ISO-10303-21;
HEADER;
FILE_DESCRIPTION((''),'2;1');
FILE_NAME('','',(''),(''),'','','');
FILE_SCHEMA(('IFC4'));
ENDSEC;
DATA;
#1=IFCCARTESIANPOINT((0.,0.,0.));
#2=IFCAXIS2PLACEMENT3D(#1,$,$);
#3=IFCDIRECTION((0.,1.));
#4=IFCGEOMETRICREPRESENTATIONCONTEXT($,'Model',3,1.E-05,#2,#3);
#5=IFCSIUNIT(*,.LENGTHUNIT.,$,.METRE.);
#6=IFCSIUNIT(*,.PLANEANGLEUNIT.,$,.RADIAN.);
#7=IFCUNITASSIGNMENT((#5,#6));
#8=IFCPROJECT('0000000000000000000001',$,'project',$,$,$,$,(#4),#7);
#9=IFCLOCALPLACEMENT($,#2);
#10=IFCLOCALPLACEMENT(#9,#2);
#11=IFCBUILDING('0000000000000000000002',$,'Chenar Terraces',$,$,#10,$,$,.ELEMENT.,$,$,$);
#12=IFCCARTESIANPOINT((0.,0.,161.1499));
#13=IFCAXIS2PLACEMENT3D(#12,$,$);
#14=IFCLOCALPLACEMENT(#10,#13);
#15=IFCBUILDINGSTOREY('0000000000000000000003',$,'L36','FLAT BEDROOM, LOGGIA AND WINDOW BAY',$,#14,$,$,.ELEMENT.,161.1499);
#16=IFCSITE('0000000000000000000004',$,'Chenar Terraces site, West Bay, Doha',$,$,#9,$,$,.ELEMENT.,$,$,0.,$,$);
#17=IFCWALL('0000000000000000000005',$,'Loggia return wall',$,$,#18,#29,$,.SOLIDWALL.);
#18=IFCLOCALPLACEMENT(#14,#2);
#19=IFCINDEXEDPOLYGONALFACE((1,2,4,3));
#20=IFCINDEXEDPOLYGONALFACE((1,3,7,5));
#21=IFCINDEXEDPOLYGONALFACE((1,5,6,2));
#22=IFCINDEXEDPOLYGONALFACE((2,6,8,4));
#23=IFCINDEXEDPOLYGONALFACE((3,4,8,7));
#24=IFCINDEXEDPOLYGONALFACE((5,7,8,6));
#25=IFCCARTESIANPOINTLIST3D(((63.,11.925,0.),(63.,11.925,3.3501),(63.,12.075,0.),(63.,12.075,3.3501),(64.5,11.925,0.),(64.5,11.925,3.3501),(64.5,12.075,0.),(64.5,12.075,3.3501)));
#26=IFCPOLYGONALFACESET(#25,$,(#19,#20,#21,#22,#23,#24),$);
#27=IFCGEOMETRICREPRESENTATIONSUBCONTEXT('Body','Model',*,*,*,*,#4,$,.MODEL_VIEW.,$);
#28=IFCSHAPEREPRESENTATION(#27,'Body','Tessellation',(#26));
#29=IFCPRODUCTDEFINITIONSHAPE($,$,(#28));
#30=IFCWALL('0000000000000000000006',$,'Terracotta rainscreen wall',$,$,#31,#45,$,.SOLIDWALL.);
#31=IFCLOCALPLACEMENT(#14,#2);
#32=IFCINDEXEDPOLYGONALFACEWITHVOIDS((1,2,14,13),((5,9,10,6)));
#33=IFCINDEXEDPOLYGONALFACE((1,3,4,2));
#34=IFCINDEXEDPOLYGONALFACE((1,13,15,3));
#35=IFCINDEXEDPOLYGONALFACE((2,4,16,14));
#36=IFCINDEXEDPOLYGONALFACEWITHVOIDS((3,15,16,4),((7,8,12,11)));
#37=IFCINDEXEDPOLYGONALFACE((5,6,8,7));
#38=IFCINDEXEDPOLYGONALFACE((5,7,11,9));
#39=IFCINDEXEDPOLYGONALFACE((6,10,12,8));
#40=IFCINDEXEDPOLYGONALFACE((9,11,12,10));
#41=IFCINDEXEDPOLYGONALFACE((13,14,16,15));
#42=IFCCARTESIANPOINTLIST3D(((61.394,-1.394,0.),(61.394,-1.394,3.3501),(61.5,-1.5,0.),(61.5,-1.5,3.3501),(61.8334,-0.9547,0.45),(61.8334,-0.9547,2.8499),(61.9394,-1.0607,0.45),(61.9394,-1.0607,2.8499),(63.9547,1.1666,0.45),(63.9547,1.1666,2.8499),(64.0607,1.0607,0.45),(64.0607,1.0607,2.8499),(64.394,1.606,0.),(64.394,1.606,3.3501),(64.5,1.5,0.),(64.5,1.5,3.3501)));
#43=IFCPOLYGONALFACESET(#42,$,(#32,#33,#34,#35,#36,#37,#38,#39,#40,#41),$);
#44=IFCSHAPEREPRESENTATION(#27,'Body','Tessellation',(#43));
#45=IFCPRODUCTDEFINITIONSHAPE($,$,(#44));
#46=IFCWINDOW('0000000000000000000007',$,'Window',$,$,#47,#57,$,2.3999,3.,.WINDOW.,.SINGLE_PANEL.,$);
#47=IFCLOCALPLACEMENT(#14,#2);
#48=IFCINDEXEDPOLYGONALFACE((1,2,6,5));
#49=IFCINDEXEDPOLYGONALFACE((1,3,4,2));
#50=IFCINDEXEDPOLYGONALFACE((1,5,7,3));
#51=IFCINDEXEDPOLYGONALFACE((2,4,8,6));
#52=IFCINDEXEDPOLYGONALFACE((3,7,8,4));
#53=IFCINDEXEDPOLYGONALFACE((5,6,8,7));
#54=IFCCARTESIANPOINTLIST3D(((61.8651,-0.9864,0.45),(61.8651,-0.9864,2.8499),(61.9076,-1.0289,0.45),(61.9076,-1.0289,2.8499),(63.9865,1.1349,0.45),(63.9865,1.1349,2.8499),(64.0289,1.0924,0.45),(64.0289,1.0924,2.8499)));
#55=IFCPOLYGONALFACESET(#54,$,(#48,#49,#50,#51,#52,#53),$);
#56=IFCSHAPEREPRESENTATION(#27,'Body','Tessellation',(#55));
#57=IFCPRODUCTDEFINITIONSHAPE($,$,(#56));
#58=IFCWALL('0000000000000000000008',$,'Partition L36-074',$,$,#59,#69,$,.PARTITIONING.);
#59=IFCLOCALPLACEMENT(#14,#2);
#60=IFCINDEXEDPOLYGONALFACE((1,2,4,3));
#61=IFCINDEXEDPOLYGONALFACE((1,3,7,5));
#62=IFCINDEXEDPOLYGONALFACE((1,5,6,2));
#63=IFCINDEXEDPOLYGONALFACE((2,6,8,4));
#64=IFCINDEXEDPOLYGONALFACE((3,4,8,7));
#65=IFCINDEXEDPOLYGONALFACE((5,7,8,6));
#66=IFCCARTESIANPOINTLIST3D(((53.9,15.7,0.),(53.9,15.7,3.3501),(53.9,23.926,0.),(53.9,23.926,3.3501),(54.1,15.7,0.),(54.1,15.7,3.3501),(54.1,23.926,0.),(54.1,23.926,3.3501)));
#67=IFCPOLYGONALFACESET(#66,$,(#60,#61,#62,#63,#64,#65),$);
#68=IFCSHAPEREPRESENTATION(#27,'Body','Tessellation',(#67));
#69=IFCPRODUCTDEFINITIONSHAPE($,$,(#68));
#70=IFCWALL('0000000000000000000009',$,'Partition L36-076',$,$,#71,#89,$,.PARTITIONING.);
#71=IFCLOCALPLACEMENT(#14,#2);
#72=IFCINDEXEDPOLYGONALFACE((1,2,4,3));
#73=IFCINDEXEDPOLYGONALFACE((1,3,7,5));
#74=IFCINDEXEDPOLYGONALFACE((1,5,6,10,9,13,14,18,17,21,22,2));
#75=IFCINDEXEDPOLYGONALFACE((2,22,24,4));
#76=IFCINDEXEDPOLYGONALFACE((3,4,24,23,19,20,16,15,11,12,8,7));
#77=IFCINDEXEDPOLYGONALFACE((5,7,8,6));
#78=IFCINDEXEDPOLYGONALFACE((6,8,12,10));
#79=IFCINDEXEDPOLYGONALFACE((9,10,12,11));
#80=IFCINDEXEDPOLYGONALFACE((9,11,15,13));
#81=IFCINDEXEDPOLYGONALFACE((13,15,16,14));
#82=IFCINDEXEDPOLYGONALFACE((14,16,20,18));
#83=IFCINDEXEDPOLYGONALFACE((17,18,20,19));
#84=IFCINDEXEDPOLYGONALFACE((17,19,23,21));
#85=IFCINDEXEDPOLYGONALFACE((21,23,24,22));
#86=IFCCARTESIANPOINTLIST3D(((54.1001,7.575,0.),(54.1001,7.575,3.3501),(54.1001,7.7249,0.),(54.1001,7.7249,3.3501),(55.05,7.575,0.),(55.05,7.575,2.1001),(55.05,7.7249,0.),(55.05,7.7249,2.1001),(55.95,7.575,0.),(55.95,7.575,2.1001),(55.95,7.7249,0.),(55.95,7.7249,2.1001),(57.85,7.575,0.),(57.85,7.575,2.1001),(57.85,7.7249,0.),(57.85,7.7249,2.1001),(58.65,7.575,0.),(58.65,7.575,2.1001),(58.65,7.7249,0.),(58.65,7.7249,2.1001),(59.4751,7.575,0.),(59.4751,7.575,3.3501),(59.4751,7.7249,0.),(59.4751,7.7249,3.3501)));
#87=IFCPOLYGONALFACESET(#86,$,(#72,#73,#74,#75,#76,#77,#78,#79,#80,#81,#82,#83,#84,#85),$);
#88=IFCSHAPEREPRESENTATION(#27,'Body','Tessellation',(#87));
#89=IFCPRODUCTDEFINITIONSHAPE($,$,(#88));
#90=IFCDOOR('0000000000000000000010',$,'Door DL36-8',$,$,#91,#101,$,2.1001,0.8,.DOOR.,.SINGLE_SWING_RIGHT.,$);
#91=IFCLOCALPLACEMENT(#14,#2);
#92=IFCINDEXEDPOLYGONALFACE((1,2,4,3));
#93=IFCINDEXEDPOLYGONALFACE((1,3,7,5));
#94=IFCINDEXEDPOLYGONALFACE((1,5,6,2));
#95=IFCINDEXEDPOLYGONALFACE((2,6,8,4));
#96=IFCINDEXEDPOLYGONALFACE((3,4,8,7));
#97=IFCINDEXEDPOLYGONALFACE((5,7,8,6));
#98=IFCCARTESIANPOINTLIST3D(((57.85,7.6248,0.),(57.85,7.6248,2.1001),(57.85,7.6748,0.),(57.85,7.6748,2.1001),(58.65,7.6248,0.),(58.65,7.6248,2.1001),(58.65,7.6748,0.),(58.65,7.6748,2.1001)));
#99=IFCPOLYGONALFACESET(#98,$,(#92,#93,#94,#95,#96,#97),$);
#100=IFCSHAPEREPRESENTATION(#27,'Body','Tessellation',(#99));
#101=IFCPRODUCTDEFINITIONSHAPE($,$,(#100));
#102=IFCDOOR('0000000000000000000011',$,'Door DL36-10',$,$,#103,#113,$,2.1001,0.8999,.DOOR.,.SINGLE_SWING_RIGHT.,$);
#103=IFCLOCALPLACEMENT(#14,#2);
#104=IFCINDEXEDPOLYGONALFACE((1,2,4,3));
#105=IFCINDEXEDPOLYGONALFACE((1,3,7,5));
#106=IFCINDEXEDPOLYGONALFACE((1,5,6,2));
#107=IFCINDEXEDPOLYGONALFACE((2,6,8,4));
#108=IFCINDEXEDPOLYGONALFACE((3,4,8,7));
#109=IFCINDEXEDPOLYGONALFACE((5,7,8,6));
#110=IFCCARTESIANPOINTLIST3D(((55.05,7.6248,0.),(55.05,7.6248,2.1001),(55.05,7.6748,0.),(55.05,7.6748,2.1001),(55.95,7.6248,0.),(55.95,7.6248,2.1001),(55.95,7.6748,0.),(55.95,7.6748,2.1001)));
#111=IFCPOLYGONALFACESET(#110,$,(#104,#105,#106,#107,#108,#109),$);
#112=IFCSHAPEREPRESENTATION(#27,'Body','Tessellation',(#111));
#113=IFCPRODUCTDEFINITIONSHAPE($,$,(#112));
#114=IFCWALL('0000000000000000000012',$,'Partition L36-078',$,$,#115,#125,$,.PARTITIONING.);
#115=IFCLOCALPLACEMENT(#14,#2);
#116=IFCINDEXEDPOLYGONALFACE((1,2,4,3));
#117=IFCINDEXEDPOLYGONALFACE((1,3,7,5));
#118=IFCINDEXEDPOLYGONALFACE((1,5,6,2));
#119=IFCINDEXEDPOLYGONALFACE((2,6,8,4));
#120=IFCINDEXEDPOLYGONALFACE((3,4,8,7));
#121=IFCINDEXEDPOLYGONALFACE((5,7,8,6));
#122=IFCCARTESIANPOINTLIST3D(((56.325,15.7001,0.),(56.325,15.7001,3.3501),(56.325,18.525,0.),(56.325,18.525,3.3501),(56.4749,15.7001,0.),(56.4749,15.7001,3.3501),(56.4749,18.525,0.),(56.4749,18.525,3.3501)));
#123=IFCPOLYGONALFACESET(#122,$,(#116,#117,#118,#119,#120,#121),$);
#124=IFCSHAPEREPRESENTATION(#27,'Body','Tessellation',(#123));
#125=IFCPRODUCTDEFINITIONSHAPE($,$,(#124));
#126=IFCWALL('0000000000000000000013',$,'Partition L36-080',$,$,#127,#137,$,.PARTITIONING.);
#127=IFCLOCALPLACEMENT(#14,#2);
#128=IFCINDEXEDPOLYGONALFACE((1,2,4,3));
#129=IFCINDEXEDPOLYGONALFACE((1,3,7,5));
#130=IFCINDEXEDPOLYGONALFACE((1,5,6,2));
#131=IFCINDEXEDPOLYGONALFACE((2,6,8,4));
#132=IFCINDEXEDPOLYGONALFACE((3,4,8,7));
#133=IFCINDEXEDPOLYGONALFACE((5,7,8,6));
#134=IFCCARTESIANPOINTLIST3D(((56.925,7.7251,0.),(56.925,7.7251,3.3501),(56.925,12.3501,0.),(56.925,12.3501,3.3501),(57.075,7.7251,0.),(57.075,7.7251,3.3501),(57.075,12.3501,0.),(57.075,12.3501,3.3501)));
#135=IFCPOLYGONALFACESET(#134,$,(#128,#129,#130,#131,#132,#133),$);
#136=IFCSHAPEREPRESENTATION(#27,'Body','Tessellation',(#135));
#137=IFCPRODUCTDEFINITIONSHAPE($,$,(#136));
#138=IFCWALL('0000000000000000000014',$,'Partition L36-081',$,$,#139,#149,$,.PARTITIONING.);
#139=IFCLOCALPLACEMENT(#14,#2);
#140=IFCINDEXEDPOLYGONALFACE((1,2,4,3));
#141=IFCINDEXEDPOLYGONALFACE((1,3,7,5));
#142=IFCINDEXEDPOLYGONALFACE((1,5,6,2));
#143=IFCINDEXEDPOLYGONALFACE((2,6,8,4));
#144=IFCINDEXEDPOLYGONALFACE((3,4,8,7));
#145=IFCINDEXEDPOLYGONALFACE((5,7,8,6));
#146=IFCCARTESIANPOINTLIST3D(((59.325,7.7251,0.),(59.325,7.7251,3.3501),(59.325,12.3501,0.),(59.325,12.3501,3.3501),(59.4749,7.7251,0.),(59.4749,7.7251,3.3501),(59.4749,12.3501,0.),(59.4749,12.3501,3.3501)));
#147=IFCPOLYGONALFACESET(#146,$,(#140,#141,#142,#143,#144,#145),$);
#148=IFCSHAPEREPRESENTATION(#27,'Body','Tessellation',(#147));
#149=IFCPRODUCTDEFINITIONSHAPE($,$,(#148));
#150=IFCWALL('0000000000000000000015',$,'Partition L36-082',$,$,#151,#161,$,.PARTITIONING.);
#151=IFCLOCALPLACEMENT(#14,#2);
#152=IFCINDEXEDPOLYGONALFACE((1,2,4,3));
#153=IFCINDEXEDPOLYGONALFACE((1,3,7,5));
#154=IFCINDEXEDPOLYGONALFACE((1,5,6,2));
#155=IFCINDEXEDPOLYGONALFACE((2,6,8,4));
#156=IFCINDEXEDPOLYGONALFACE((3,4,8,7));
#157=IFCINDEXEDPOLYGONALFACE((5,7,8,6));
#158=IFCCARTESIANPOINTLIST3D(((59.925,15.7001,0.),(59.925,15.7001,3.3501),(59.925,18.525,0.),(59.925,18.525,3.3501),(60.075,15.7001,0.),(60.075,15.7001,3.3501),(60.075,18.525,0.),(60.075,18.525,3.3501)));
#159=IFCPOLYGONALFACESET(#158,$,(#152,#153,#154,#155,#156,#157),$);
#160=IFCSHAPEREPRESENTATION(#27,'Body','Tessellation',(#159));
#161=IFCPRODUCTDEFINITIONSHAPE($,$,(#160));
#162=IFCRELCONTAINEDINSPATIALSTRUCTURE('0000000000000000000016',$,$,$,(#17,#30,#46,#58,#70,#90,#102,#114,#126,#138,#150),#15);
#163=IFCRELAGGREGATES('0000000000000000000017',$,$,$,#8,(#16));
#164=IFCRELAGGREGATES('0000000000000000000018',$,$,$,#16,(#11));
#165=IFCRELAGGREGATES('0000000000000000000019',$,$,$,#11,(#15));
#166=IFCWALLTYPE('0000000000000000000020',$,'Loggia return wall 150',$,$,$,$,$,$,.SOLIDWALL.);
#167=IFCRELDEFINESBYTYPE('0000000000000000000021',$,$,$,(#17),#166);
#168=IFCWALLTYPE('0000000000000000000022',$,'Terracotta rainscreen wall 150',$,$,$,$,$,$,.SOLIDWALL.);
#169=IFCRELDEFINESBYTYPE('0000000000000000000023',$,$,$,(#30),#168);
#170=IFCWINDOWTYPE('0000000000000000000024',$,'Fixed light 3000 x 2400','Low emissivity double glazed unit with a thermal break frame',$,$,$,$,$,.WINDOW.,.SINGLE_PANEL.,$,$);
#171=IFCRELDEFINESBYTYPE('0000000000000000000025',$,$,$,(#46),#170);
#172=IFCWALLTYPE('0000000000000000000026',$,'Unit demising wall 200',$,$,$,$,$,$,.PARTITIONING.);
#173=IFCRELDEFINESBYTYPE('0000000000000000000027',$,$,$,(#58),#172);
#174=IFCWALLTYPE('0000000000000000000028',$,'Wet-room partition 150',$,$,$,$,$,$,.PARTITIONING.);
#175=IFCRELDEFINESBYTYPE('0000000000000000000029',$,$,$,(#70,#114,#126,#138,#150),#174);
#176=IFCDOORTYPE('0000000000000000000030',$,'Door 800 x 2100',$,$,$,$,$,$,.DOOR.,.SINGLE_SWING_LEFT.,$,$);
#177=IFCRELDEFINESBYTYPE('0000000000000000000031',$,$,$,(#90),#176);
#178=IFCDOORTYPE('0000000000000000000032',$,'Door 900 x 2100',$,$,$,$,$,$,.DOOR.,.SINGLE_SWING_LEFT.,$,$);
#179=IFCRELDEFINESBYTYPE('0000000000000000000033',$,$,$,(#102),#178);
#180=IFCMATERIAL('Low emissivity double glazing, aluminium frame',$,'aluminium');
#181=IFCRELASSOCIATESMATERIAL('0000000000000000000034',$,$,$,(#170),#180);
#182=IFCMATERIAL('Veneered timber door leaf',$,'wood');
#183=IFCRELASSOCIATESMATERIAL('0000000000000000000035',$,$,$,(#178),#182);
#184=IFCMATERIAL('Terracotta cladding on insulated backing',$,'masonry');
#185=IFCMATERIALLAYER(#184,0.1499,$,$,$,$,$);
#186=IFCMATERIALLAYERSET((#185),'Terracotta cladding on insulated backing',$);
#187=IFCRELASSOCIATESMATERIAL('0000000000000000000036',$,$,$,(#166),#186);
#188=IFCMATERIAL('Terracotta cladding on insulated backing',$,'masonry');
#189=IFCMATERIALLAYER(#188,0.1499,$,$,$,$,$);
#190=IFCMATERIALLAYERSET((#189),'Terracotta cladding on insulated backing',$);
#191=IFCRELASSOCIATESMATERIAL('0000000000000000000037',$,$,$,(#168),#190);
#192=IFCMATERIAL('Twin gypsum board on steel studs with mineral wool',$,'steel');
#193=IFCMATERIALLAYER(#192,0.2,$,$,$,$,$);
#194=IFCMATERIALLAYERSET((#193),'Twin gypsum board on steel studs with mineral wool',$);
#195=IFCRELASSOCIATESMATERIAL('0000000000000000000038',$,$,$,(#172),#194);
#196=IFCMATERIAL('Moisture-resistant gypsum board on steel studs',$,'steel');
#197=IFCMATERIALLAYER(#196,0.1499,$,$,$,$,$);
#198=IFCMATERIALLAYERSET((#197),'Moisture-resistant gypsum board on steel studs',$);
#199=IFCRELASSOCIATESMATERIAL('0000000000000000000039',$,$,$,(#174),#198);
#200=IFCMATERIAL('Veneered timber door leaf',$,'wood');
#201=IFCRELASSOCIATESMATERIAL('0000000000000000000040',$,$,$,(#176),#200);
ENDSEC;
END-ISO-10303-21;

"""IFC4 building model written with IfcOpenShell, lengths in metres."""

from ifc_helpers import new_model, si_unit, direction, frame, frame_2d, origin, place, context, subcontext, project, spatial, rectangle, extrude, material, layer, layer_set, type_object, element, fill, save


model = new_model("IFC4")

# Units and contexts
model_context = context("Model", 3, precision=1e-05, world=origin(), true_north=direction((0.0, 1.0)))
body_context = subcontext(model_context, "Body", "Model", "MODEL_VIEW")
ifc_project = project(units=[si_unit("LENGTHUNIT", "METRE"), si_unit("PLANEANGLEUNIT", "RADIAN")], contexts=[model_context])

# Site, building, storey
site_placement = place(None, origin())
site = spatial("IfcSite", under=ifc_project, at=site_placement, Name="Chenar Terraces site, West Bay, Doha", CompositionType="ELEMENT", RefElevation=0.0)
building_placement = place(site_placement, origin())
building = spatial("IfcBuilding", under=site, at=building_placement, Name="Chenar Terraces", CompositionType="ELEMENT")
storey_placement = place(building_placement, frame((0.0, 0.0, 161.1499)))
storey = spatial("IfcBuildingStorey", under=building, at=storey_placement, Name="L36", Description="FLAT BEDROOM, LOGGIA AND WINDOW BAY", CompositionType="ELEMENT", Elevation=161.1499)

# Shared definitions
ifc_material_1 = material(Name="Low emissivity double glazing, aluminium frame", Category="aluminium")
window_type_1 = type_object("IfcWindowType", Name="Fixed light 3000 x 2400", Description="Low emissivity double glazed unit with a thermal break frame", PartitioningType="SINGLE_PANEL", PredefinedType="WINDOW", material=ifc_material_1)

# Shared definitions
ifc_material_2 = material(Name="Veneered timber door leaf", Category="wood")
door_type_1 = type_object("IfcDoorType", Name="Door 900 x 2100", OperationType="SINGLE_SWING_LEFT", PredefinedType="DOOR", material=ifc_material_2)

# Wall
ifc_material_3 = material(Name="Terracotta cladding on insulated backing", Category="masonry")
ifc_layer_1 = layer(ifc_material_3, 0.1499)
ifc_layer_set_1 = layer_set([ifc_layer_1], Name="Terracotta cladding on insulated backing")
wall_type_1 = type_object("IfcWallType", Name="Loggia return wall 150", PredefinedType="SOLIDWALL", material=ifc_layer_set_1)
for number, where, z_axis, x_axis, name in (
    (1, (64.5, 12.0, 0.0), (0.0, 0.0, 1.0), (-1.0, 0.0, 0.0), "Loggia return wall"),
):
    element("IfcWall", number, at=place(storey_placement, frame(where, z_axis=z_axis, x_axis=x_axis)), inside=storey, type_object=wall_type_1, Name=name, PredefinedType="SOLIDWALL", context=body_context, shape_type="SweptSolid", body=[
        extrude(rectangle(XDim=1.5, YDim=0.1499, at=frame_2d((0.75, 0.0))), origin(), (0.0, 0.0, 1.0), 3.3501),
    ])

# Wall, opening, window
ifc_material_4 = material(Name="Terracotta cladding on insulated backing", Category="masonry")
ifc_layer_2 = layer(ifc_material_4, 0.1499)
ifc_layer_set_2 = layer_set([ifc_layer_2], Name="Terracotta cladding on insulated backing")
wall_type_2 = type_object("IfcWallType", Name="Terracotta rainscreen wall 150", PredefinedType="SOLIDWALL", material=ifc_layer_set_2)
wall_1_placement = place(storey_placement, frame((61.447, -1.447, 0.0), z_axis=(0.0, 0.0, 1.0), x_axis=(0.707107, 0.707107, 0.0)))
wall_1 = element("IfcWall", 2, at=wall_1_placement, inside=storey, type_object=wall_type_2, Name="Terracotta rainscreen wall", PredefinedType="SOLIDWALL", context=body_context, shape_type="SweptSolid", body=[
    extrude(rectangle(XDim=4.2427, YDim=0.1499, at=frame_2d((2.1213, 0.0))), origin(), (0.0, 0.0, 1.0), 3.3501),
])
opening_1_placement = place(wall_1_placement, frame((0.6213, 0.0, 0.45)))
opening_1 = element("IfcOpeningElement", 3, at=opening_1_placement, cuts=wall_1, PredefinedType="OPENING", context=body_context, shape_type="SweptSolid", body=[
    extrude(rectangle(XDim=3.0, YDim=2.3999, at=frame_2d((1.5, 1.2))), frame((0.0, 0.085, 0.0), z_axis=(0.0, -1.0, 0.0), x_axis=(1.0, 0.0, 0.0)), (0.0, 0.0, 1.0), 0.1699),
])
window_1_placement = place(opening_1_placement, origin())
window_1 = element("IfcWindow", 4, at=window_1_placement, inside=storey, type_object=window_type_1, Name="Window", OverallHeight=2.3999, OverallWidth=3.0, PartitioningType="SINGLE_PANEL", PredefinedType="WINDOW", context=body_context, shape_type="SweptSolid", body=[
    extrude(rectangle(XDim=3.0, YDim=2.3999, at=frame_2d((1.5, 1.2))), frame((0.0, 0.03, 0.0), z_axis=(0.0, -1.0, 0.0), x_axis=(1.0, 0.0, 0.0)), (0.0, 0.0, 1.0), 0.0601),
])
fill(opening_1, window_1)

# Wall
ifc_material_5 = material(Name="Twin gypsum board on steel studs with mineral wool", Category="steel")
ifc_layer_3 = layer(ifc_material_5, 0.2)
ifc_layer_set_3 = layer_set([ifc_layer_3], Name="Twin gypsum board on steel studs with mineral wool")
wall_type_3 = type_object("IfcWallType", Name="Unit demising wall 200", PredefinedType="PARTITIONING", material=ifc_layer_set_3)
wall_2_placement = place(storey_placement, frame((54.0, 15.7, 0.0), z_axis=(0.0, 0.0, 1.0), x_axis=(0.0, 1.0, 0.0)))
element("IfcWall", 5, at=wall_2_placement, inside=storey, type_object=wall_type_3, Name="Partition L36-074", PredefinedType="PARTITIONING", context=body_context, shape_type="SweptSolid", body=[
    extrude(rectangle(XDim=8.2261, YDim=0.2, at=frame_2d((4.113, 0.0))), origin(), (0.0, 0.0, 1.0), 3.3501),
])

# Wall, openings, doors
ifc_material_6 = material(Name="Moisture-resistant gypsum board on steel studs", Category="steel")
ifc_layer_4 = layer(ifc_material_6, 0.1499)
ifc_layer_set_4 = layer_set([ifc_layer_4], Name="Moisture-resistant gypsum board on steel studs")
wall_type_4 = type_object("IfcWallType", Name="Wet-room partition 150", PredefinedType="PARTITIONING", material=ifc_layer_set_4)
wall_3_placement = place(storey_placement, frame((54.1001, 7.6499, 0.0), z_axis=(0.0, 0.0, 1.0), x_axis=(1.0, 0.0, 0.0)))
wall_3 = element("IfcWall", 6, at=wall_3_placement, inside=storey, type_object=wall_type_4, Name="Partition L36-076", PredefinedType="PARTITIONING", context=body_context, shape_type="SweptSolid", body=[
    extrude(rectangle(XDim=5.375, YDim=0.1499, at=frame_2d((2.6875, 0.0))), origin(), (0.0, 0.0, 1.0), 3.3501),
])
opening_2_placement = place(wall_3_placement, frame((3.75, 0.0, 0.0)))
opening_2 = element("IfcOpeningElement", 7, at=opening_2_placement, cuts=wall_3, PredefinedType="OPENING", context=body_context, shape_type="SweptSolid", body=[
    extrude(rectangle(XDim=0.8, YDim=2.1001, at=frame_2d((0.3999, 1.05))), frame((0.0, 0.085, 0.0), z_axis=(0.0, -1.0, 0.0), x_axis=(1.0, 0.0, 0.0)), (0.0, 0.0, 1.0), 0.1699),
])
opening_3_placement = place(wall_3_placement, frame((0.95, 0.0, 0.0)))
opening_3 = element("IfcOpeningElement", 8, at=opening_3_placement, cuts=wall_3, PredefinedType="OPENING", context=body_context, shape_type="SweptSolid", body=[
    extrude(rectangle(XDim=0.8999, YDim=2.1001, at=frame_2d((0.45, 1.05))), frame((0.0, 0.085, 0.0), z_axis=(0.0, -1.0, 0.0), x_axis=(1.0, 0.0, 0.0)), (0.0, 0.0, 1.0), 0.1699),
])
ifc_material_7 = material(Name="Veneered timber door leaf", Category="wood")
door_type_2 = type_object("IfcDoorType", Name="Door 800 x 2100", OperationType="SINGLE_SWING_LEFT", PredefinedType="DOOR", material=ifc_material_7)
door_1_placement = place(opening_2_placement, origin())
door_1 = element("IfcDoor", 9, at=door_1_placement, inside=storey, type_object=door_type_2, Name="Door DL36-8", OperationType="SINGLE_SWING_RIGHT", OverallHeight=2.1001, OverallWidth=0.8, PredefinedType="DOOR", context=body_context, shape_type="SweptSolid", body=[
    extrude(rectangle(XDim=0.8, YDim=2.1001, at=frame_2d((0.3999, 1.05))), frame((0.0, 0.0249, 0.0), z_axis=(0.0, -1.0, 0.0), x_axis=(1.0, 0.0, 0.0)), (0.0, 0.0, 1.0), 0.05),
])
fill(opening_2, door_1)
door_2_placement = place(opening_3_placement, origin())
door_2 = element("IfcDoor", 10, at=door_2_placement, inside=storey, type_object=door_type_1, Name="Door DL36-10", OperationType="SINGLE_SWING_RIGHT", OverallHeight=2.1001, OverallWidth=0.8999, PredefinedType="DOOR", context=body_context, shape_type="SweptSolid", body=[
    extrude(rectangle(XDim=0.8999, YDim=2.1001, at=frame_2d((0.45, 1.05))), frame((0.0, 0.0249, 0.0), z_axis=(0.0, -1.0, 0.0), x_axis=(1.0, 0.0, 0.0)), (0.0, 0.0, 1.0), 0.05),
])
fill(opening_3, door_2)

# Walls
wall_4_placement = place(storey_placement, frame((56.3999, 15.7, 0.0), z_axis=(0.0, 0.0, 1.0), x_axis=(0.0, 1.0, 0.0)))
element("IfcWall", 11, at=wall_4_placement, inside=storey, type_object=wall_type_4, Name="Partition L36-078", PredefinedType="PARTITIONING", context=body_context, shape_type="SweptSolid", body=[
    extrude(rectangle(XDim=2.825, YDim=0.1499, at=frame_2d((1.4126, 0.0))), origin(), (0.0, 0.0, 1.0), 3.3501),
])
for number, where, z_axis, x_axis, name in (
    (12, (57.0, 7.7251, 0.0), (0.0, 0.0, 1.0), (0.0, 1.0, 0.0), "Partition L36-080"),
    (13, (59.3999, 7.7251, 0.0), (0.0, 0.0, 1.0), (0.0, 1.0, 0.0), "Partition L36-081"),
):
    element("IfcWall", number, at=place(storey_placement, frame(where, z_axis=z_axis, x_axis=x_axis)), inside=storey, type_object=wall_type_4, Name=name, PredefinedType="PARTITIONING", context=body_context, shape_type="SweptSolid", body=[
        extrude(rectangle(XDim=4.625, YDim=0.1499, at=frame_2d((2.3125, 0.0))), origin(), (0.0, 0.0, 1.0), 3.3501),
    ])
wall_5_placement = place(storey_placement, frame((60.0, 15.7, 0.0), z_axis=(0.0, 0.0, 1.0), x_axis=(0.0, 1.0, 0.0)))
element("IfcWall", 14, at=wall_5_placement, inside=storey, type_object=wall_type_4, Name="Partition L36-082", PredefinedType="PARTITIONING", context=body_context, shape_type="SweptSolid", body=[
    extrude(rectangle(XDim=2.825, YDim=0.1499, at=frame_2d((1.4126, 0.0))), origin(), (0.0, 0.0, 1.0), 3.3501),
])

save(model, "model.ifc")
